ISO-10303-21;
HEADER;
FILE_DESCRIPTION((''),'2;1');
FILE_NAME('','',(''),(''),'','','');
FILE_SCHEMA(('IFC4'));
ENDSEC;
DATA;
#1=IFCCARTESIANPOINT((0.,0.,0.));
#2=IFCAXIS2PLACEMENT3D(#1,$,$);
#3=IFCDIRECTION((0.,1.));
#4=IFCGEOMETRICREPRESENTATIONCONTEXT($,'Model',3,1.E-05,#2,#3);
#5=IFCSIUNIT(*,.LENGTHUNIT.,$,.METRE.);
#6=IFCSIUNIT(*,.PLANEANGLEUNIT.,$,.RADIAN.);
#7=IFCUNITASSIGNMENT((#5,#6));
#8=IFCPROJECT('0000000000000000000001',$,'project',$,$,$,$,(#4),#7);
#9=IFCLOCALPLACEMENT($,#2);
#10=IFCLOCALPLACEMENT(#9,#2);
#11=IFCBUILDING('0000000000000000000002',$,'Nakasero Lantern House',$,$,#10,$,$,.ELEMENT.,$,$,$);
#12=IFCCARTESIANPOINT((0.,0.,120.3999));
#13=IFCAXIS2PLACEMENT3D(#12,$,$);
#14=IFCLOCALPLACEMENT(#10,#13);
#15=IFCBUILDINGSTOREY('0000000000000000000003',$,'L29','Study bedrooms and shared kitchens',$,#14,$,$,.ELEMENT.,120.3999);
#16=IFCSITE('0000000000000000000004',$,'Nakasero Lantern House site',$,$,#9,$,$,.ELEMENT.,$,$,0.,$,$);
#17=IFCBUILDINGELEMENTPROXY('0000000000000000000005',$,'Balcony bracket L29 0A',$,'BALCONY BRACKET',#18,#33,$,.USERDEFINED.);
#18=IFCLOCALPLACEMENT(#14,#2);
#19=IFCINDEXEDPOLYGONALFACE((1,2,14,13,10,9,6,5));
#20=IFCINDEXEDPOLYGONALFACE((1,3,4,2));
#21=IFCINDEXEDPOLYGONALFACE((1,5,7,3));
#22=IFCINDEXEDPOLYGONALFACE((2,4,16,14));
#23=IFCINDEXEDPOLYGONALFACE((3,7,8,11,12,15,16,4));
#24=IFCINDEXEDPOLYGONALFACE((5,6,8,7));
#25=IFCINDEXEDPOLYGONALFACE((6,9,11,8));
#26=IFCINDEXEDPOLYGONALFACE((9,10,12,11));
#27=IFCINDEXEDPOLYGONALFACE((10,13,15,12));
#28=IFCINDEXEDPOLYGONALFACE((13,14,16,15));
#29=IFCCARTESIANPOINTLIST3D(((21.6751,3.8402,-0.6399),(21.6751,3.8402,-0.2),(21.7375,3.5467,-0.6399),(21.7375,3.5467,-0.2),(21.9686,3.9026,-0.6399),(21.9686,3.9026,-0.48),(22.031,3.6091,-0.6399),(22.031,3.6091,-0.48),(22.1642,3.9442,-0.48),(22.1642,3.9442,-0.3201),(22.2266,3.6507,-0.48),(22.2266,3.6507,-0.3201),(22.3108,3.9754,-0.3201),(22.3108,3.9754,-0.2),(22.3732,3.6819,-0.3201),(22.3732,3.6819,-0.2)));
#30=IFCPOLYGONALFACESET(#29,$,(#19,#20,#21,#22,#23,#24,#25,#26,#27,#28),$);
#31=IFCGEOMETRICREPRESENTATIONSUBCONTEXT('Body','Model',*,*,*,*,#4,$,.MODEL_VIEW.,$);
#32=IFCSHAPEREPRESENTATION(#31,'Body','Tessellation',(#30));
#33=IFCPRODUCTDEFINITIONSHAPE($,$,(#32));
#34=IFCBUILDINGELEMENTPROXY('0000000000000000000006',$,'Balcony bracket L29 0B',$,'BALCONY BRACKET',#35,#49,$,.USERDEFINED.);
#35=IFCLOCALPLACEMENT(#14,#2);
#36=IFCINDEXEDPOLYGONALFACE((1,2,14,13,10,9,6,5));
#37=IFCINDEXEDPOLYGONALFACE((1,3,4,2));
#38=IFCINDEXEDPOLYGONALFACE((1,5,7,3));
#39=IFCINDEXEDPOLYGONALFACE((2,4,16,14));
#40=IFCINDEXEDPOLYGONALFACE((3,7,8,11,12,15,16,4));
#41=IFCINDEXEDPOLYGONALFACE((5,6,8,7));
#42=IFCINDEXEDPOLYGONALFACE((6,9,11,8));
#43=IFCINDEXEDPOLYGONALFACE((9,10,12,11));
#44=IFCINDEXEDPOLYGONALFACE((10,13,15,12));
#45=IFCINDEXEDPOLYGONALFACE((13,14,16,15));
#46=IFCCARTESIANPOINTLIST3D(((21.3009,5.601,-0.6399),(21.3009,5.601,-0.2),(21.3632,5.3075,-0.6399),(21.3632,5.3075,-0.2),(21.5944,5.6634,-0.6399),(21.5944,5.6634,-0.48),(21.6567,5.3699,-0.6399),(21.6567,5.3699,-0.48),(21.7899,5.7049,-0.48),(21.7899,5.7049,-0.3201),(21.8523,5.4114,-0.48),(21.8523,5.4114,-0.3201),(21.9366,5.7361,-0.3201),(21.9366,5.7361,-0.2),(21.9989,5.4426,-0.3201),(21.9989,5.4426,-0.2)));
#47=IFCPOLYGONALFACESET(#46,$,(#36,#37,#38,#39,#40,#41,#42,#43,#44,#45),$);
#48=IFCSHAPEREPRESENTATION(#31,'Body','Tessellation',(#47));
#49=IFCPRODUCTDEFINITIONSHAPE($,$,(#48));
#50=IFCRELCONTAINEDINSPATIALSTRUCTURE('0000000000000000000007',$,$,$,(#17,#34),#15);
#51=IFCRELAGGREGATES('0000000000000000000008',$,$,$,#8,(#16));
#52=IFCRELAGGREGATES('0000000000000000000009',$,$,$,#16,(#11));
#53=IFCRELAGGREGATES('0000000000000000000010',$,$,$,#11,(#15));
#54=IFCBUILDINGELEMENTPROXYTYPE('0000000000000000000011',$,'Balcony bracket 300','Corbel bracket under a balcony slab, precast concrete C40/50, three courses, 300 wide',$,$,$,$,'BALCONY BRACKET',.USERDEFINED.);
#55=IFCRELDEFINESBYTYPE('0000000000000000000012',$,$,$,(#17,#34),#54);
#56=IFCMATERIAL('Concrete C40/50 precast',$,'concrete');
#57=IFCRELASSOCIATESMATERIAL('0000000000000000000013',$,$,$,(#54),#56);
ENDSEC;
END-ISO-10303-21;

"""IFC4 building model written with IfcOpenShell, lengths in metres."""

from ifc_helpers import new_model, si_unit, direction, frame, origin, place, context, subcontext, project, spatial, polyline, outline, extrude, material, type_object, element, save


model = new_model("IFC4")

# Units and contexts
model_context = context("Model", 3, precision=1e-05, world=origin(), true_north=direction((0.0, 1.0)))
body_context = subcontext(model_context, "Body", "Model", "MODEL_VIEW")
ifc_project = project(units=[si_unit("LENGTHUNIT", "METRE"), si_unit("PLANEANGLEUNIT", "RADIAN")], contexts=[model_context])

# Site, building, storey
site_placement = place(None, origin())
site = spatial("IfcSite", under=ifc_project, at=site_placement, Name="Nakasero Lantern House site", CompositionType="ELEMENT", RefElevation=0.0)
building_placement = place(site_placement, origin())
building = spatial("IfcBuilding", under=site, at=building_placement, Name="Nakasero Lantern House", CompositionType="ELEMENT")
storey_placement = place(building_placement, frame((0.0, 0.0, 120.3999)))
storey = spatial("IfcBuildingStorey", under=building, at=storey_placement, Name="L29", Description="Study bedrooms and shared kitchens", CompositionType="ELEMENT", Elevation=120.3999)

# Building element proxies
ifc_material_1 = material(Name="Concrete C40/50 precast", Category="concrete")
building_element_proxy_type = type_object("IfcBuildingElementProxyType", Name="Balcony bracket 300", Description="Corbel bracket under a balcony slab, precast concrete C40/50, three courses, 300 wide", ElementType="BALCONY BRACKET", PredefinedType="USERDEFINED", material=ifc_material_1)
for number, where, z_axis, x_axis, name in (
    (1, (21.7063, 3.6936, -0.2), (0.0, 0.0, 1.0), (0.978148, 0.207912, 0.0), "Balcony bracket L29 0A"),
    (2, (21.332, 5.4543, -0.2), (0.0, 0.0, 1.0), (0.978148, 0.207912, 0.0), "Balcony bracket L29 0B"),
):
    element("IfcBuildingElementProxy", number, at=place(storey_placement, frame(where, z_axis=z_axis, x_axis=x_axis)), inside=storey, type_object=building_element_proxy_type, Name=name, ObjectType="BALCONY BRACKET", PredefinedType="USERDEFINED", context=body_context, shape_type="SweptSolid", body=[
        extrude(outline(polyline([(0.0, 0.0), (0.6499, 0.0), (0.6499, -0.1201), (0.5, -0.1201), (0.5, -0.28), (0.3, -0.28), (0.3, -0.4399), (0.0, -0.4399), (0.0, 0.0)])), frame((0.0, 0.1499, 0.0), z_axis=(0.0, -1.0, 0.0), x_axis=(1.0, 0.0, 0.0)), (0.0, 0.0, 1.0), 0.3),
    ])

save(model, "model.ifc")
